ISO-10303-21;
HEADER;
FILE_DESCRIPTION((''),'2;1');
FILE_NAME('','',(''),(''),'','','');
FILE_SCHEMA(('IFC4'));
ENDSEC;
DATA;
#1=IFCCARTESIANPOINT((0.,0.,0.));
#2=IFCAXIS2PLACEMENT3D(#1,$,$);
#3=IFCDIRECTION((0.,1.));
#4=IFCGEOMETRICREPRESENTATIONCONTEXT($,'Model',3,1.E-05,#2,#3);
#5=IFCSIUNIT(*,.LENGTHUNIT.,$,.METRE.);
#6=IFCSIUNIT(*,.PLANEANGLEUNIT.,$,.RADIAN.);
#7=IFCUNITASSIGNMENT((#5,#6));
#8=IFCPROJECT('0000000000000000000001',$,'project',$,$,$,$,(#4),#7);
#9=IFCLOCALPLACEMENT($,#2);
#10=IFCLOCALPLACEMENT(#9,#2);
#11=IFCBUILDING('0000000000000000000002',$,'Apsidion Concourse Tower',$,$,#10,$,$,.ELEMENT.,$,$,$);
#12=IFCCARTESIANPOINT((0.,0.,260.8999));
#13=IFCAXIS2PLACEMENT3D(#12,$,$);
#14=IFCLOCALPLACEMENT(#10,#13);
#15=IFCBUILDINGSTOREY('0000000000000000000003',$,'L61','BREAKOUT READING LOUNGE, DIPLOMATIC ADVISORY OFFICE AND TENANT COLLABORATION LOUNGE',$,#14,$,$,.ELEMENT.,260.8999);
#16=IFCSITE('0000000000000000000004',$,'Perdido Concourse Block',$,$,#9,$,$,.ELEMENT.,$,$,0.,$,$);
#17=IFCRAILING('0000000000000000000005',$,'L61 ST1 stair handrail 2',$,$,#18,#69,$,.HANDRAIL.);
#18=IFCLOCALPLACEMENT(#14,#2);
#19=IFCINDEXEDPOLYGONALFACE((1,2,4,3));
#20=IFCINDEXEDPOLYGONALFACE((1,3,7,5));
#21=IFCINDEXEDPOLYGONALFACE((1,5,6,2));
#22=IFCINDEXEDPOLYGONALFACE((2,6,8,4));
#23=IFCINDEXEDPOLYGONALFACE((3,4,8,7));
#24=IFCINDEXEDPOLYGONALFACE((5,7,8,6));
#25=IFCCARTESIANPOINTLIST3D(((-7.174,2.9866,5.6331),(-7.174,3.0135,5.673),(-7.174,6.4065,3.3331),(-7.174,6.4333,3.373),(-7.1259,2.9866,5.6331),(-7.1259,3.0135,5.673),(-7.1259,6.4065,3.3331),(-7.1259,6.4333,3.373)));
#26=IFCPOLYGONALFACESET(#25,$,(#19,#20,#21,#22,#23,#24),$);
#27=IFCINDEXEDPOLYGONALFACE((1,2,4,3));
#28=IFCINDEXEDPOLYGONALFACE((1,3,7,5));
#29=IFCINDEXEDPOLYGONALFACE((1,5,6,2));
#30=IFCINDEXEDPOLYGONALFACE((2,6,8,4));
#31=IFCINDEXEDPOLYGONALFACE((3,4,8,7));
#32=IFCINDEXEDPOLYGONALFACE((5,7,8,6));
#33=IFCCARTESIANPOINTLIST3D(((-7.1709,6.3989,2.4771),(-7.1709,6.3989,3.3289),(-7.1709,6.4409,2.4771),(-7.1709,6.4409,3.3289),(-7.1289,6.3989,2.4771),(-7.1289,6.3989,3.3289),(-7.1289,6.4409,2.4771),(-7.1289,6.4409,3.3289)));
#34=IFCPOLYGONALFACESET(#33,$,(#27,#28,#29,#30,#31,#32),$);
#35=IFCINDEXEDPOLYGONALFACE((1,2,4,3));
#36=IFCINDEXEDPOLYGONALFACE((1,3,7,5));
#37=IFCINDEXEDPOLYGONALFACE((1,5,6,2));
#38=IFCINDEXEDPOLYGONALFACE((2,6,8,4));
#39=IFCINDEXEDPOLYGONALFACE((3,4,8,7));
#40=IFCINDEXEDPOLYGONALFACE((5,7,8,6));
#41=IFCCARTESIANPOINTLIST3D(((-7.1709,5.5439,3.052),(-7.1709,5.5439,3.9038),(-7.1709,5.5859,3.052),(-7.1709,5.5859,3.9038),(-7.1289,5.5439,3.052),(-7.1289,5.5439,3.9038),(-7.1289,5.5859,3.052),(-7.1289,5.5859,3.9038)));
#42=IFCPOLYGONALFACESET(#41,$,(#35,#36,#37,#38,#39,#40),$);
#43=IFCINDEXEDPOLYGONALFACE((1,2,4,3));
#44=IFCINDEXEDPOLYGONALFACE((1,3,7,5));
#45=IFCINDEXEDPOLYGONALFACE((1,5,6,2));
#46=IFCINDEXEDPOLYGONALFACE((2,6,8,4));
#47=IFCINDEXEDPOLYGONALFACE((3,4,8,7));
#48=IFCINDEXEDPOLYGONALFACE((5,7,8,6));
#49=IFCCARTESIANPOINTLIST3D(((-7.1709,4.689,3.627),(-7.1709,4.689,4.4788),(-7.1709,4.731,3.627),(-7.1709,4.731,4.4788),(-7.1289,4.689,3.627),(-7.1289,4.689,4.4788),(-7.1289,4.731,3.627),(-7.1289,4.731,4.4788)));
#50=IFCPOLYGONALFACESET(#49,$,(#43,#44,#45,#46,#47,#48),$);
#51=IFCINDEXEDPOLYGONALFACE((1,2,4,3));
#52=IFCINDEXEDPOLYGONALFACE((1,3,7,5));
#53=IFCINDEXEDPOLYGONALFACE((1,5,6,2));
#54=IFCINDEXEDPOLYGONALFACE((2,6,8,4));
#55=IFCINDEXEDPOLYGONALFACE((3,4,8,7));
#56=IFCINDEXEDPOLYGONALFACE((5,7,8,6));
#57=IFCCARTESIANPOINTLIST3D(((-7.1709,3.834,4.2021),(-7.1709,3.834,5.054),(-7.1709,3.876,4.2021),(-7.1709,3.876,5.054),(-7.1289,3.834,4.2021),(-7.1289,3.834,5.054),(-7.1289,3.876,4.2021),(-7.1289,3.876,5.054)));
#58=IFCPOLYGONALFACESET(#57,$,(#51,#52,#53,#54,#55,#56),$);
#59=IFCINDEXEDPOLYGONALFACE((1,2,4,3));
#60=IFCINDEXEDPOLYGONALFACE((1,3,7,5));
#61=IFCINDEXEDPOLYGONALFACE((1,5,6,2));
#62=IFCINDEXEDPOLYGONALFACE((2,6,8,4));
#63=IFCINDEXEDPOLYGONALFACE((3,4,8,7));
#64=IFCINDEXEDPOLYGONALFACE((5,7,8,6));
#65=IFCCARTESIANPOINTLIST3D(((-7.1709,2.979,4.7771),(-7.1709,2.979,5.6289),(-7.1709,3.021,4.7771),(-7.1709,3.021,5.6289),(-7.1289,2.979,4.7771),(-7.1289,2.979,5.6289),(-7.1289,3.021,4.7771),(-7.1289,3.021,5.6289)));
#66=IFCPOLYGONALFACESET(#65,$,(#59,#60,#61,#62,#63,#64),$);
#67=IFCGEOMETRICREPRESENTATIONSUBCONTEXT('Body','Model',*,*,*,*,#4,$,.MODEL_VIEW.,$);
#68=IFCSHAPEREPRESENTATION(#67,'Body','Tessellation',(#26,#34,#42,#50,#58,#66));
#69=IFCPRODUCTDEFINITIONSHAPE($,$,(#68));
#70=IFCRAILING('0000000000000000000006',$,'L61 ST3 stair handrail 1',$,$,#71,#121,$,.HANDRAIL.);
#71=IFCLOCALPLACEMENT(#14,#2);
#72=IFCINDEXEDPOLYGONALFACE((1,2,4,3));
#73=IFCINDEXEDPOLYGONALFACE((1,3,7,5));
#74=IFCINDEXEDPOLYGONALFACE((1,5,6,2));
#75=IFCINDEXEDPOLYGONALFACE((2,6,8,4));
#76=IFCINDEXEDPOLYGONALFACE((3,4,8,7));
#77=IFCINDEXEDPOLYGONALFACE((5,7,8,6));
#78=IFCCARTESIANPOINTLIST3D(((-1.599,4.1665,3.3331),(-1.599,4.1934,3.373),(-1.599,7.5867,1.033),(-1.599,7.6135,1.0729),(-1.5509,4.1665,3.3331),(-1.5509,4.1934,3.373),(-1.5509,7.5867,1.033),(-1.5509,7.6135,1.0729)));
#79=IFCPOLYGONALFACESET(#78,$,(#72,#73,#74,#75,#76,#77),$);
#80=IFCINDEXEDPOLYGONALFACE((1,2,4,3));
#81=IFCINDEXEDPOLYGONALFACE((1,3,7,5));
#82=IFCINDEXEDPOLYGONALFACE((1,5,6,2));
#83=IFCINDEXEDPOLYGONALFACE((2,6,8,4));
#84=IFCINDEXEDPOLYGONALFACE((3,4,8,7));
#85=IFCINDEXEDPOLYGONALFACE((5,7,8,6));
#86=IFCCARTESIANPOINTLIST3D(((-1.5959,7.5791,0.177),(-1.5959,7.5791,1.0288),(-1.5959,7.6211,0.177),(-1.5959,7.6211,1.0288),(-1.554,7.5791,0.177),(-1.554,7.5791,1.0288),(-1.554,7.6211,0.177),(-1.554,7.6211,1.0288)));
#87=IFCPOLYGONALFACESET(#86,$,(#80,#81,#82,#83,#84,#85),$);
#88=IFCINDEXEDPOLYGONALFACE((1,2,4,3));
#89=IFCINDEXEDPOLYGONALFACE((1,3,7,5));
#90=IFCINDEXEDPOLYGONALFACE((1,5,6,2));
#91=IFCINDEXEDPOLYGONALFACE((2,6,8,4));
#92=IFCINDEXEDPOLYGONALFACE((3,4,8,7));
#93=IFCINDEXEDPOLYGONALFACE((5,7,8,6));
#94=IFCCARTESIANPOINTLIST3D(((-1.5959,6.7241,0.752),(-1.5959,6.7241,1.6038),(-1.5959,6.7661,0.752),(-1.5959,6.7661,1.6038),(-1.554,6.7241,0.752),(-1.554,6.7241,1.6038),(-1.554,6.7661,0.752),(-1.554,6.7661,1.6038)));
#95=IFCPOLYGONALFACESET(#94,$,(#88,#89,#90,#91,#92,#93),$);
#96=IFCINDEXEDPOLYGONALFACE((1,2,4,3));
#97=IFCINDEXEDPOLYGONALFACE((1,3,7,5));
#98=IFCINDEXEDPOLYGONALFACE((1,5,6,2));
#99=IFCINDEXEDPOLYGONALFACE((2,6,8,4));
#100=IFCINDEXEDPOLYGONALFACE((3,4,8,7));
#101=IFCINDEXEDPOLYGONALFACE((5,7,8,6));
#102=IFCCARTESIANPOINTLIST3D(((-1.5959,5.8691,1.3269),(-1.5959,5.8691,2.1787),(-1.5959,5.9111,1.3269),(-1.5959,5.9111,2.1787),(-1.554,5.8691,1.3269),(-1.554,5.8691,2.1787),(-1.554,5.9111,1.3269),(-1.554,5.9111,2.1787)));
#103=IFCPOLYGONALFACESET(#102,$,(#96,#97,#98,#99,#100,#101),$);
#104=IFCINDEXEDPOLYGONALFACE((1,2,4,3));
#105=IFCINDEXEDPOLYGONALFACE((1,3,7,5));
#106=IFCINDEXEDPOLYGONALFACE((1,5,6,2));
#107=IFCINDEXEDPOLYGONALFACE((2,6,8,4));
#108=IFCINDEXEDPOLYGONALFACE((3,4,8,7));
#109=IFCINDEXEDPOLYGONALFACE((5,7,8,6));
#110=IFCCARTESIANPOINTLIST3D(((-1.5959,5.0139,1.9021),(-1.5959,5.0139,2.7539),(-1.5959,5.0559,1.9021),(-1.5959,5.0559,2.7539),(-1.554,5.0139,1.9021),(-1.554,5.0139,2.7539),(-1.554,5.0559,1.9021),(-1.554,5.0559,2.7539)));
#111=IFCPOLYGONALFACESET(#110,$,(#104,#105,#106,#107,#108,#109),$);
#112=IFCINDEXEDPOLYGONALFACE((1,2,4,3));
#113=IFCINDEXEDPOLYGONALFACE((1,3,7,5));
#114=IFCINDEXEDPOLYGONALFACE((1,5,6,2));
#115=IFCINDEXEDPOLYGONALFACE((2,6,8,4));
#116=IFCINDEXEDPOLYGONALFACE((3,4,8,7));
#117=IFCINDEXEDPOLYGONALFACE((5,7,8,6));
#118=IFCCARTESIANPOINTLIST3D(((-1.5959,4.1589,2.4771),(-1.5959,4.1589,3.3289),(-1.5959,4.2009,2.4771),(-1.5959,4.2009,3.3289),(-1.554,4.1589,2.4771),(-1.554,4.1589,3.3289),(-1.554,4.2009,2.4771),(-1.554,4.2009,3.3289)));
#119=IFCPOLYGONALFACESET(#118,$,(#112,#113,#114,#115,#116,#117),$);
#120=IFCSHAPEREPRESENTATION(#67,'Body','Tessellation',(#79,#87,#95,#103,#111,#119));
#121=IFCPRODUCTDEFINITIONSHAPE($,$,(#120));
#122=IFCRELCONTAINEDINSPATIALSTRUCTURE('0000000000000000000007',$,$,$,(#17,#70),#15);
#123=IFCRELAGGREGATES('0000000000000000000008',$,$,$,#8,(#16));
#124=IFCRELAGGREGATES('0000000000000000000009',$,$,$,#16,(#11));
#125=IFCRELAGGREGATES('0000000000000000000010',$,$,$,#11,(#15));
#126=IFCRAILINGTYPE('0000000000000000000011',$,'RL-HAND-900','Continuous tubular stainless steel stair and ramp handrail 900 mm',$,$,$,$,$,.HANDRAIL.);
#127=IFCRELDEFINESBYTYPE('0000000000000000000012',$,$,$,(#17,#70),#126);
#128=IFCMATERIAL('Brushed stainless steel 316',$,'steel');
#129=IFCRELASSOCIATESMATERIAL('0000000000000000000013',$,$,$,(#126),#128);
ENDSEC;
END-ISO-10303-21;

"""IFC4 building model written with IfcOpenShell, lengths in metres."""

from ifc_helpers import new_model, si_unit, direction, frame, origin, origin_2d, place, context, subcontext, project, spatial, rectangle, extrude, material, type_object, element, save


model = new_model("IFC4")

# Units and contexts
model_context = context("Model", 3, precision=1e-05, world=origin(), true_north=direction((0.0, 1.0)))
body_context = subcontext(model_context, "Body", "Model", "MODEL_VIEW")
ifc_project = project(units=[si_unit("LENGTHUNIT", "METRE"), si_unit("PLANEANGLEUNIT", "RADIAN")], contexts=[model_context])

# Site, building, storey
site_placement = place(None, origin())
site = spatial("IfcSite", under=ifc_project, at=site_placement, Name="Perdido Concourse Block", CompositionType="ELEMENT", RefElevation=0.0)
building_placement = place(site_placement, origin())
building = spatial("IfcBuilding", under=site, at=building_placement, Name="Apsidion Concourse Tower", CompositionType="ELEMENT")
storey_placement = place(building_placement, frame((0.0, 0.0, 260.8999)))
storey = spatial("IfcBuildingStorey", under=building, at=storey_placement, Name="L61", Description="BREAKOUT READING LOUNGE, DIPLOMATIC ADVISORY OFFICE AND TENANT COLLABORATION LOUNGE", CompositionType="ELEMENT", Elevation=260.8999)

# Shared definitions
ifc_material_1 = material(Name="Brushed stainless steel 316", Category="steel")

# Railings
railing_type_1 = type_object("IfcRailingType", Name="RL-HAND-900", Description="Continuous tubular stainless steel stair and ramp handrail 900 mm", PredefinedType="HANDRAIL", material=ifc_material_1)
railing_1_placement = place(storey_placement, frame((-7.1499, 6.4199, 2.4771)))
element("IfcRailing", 1, at=railing_1_placement, inside=storey, type_object=railing_type_1, Name="L61 ST1 stair handrail 2", PredefinedType="HANDRAIL", context=body_context, shape_type="SweptSolid", body=[
    extrude(rectangle(XDim=0.0481, YDim=0.0481, at=origin_2d()), frame((0.0, 0.0, 0.876), z_axis=(0.0, -0.829792, 0.558072), x_axis=(1.0, 0.0, 0.0)), (0.0, 0.0, 1.0), 4.1213),
    extrude(rectangle(XDim=0.042, YDim=0.042, at=origin_2d()), origin(), (0.0, 0.0, 1.0), 0.8518),
    extrude(rectangle(XDim=0.042, YDim=0.042, at=origin_2d()), frame((0.0, -0.855, 0.575)), (0.0, 0.0, 1.0), 0.8518),
    extrude(rectangle(XDim=0.042, YDim=0.042, at=origin_2d()), frame((0.0, -1.71, 1.1499)), (0.0, 0.0, 1.0), 0.8518),
    extrude(rectangle(XDim=0.042, YDim=0.042, at=origin_2d()), frame((0.0, -2.5649, 1.7251)), (0.0, 0.0, 1.0), 0.8518),
    extrude(rectangle(XDim=0.042, YDim=0.042, at=origin_2d()), frame((0.0, -3.4199, 2.3)), (0.0, 0.0, 1.0), 0.8518),
])
railing_2_placement = place(storey_placement, frame((-1.575, 7.6001, 0.177)))
element("IfcRailing", 2, at=railing_2_placement, inside=storey, type_object=railing_type_1, Name="L61 ST3 stair handrail 1", PredefinedType="HANDRAIL", context=body_context, shape_type="SweptSolid", body=[
    extrude(rectangle(XDim=0.0481, YDim=0.0481, at=origin_2d()), frame((0.0, 0.0, 0.876), z_axis=(0.0, -0.829811, 0.558045), x_axis=(1.0, 0.0, 0.0)), (0.0, 0.0, 1.0), 4.1216),
    extrude(rectangle(XDim=0.042, YDim=0.042, at=origin_2d()), origin(), (0.0, 0.0, 1.0), 0.8518),
    extrude(rectangle(XDim=0.042, YDim=0.042, at=origin_2d()), frame((0.0, -0.855, 0.575)), (0.0, 0.0, 1.0), 0.8518),
    extrude(rectangle(XDim=0.042, YDim=0.042, at=origin_2d()), frame((0.0, -1.71, 1.1499)), (0.0, 0.0, 1.0), 0.8518),
    extrude(rectangle(XDim=0.042, YDim=0.042, at=origin_2d()), frame((0.0, -2.5652, 1.7251)), (0.0, 0.0, 1.0), 0.8518),
    extrude(rectangle(XDim=0.042, YDim=0.042, at=origin_2d()), frame((0.0, -3.4202, 2.3)), (0.0, 0.0, 1.0), 0.8518),
])

save(model, "model.ifc")
